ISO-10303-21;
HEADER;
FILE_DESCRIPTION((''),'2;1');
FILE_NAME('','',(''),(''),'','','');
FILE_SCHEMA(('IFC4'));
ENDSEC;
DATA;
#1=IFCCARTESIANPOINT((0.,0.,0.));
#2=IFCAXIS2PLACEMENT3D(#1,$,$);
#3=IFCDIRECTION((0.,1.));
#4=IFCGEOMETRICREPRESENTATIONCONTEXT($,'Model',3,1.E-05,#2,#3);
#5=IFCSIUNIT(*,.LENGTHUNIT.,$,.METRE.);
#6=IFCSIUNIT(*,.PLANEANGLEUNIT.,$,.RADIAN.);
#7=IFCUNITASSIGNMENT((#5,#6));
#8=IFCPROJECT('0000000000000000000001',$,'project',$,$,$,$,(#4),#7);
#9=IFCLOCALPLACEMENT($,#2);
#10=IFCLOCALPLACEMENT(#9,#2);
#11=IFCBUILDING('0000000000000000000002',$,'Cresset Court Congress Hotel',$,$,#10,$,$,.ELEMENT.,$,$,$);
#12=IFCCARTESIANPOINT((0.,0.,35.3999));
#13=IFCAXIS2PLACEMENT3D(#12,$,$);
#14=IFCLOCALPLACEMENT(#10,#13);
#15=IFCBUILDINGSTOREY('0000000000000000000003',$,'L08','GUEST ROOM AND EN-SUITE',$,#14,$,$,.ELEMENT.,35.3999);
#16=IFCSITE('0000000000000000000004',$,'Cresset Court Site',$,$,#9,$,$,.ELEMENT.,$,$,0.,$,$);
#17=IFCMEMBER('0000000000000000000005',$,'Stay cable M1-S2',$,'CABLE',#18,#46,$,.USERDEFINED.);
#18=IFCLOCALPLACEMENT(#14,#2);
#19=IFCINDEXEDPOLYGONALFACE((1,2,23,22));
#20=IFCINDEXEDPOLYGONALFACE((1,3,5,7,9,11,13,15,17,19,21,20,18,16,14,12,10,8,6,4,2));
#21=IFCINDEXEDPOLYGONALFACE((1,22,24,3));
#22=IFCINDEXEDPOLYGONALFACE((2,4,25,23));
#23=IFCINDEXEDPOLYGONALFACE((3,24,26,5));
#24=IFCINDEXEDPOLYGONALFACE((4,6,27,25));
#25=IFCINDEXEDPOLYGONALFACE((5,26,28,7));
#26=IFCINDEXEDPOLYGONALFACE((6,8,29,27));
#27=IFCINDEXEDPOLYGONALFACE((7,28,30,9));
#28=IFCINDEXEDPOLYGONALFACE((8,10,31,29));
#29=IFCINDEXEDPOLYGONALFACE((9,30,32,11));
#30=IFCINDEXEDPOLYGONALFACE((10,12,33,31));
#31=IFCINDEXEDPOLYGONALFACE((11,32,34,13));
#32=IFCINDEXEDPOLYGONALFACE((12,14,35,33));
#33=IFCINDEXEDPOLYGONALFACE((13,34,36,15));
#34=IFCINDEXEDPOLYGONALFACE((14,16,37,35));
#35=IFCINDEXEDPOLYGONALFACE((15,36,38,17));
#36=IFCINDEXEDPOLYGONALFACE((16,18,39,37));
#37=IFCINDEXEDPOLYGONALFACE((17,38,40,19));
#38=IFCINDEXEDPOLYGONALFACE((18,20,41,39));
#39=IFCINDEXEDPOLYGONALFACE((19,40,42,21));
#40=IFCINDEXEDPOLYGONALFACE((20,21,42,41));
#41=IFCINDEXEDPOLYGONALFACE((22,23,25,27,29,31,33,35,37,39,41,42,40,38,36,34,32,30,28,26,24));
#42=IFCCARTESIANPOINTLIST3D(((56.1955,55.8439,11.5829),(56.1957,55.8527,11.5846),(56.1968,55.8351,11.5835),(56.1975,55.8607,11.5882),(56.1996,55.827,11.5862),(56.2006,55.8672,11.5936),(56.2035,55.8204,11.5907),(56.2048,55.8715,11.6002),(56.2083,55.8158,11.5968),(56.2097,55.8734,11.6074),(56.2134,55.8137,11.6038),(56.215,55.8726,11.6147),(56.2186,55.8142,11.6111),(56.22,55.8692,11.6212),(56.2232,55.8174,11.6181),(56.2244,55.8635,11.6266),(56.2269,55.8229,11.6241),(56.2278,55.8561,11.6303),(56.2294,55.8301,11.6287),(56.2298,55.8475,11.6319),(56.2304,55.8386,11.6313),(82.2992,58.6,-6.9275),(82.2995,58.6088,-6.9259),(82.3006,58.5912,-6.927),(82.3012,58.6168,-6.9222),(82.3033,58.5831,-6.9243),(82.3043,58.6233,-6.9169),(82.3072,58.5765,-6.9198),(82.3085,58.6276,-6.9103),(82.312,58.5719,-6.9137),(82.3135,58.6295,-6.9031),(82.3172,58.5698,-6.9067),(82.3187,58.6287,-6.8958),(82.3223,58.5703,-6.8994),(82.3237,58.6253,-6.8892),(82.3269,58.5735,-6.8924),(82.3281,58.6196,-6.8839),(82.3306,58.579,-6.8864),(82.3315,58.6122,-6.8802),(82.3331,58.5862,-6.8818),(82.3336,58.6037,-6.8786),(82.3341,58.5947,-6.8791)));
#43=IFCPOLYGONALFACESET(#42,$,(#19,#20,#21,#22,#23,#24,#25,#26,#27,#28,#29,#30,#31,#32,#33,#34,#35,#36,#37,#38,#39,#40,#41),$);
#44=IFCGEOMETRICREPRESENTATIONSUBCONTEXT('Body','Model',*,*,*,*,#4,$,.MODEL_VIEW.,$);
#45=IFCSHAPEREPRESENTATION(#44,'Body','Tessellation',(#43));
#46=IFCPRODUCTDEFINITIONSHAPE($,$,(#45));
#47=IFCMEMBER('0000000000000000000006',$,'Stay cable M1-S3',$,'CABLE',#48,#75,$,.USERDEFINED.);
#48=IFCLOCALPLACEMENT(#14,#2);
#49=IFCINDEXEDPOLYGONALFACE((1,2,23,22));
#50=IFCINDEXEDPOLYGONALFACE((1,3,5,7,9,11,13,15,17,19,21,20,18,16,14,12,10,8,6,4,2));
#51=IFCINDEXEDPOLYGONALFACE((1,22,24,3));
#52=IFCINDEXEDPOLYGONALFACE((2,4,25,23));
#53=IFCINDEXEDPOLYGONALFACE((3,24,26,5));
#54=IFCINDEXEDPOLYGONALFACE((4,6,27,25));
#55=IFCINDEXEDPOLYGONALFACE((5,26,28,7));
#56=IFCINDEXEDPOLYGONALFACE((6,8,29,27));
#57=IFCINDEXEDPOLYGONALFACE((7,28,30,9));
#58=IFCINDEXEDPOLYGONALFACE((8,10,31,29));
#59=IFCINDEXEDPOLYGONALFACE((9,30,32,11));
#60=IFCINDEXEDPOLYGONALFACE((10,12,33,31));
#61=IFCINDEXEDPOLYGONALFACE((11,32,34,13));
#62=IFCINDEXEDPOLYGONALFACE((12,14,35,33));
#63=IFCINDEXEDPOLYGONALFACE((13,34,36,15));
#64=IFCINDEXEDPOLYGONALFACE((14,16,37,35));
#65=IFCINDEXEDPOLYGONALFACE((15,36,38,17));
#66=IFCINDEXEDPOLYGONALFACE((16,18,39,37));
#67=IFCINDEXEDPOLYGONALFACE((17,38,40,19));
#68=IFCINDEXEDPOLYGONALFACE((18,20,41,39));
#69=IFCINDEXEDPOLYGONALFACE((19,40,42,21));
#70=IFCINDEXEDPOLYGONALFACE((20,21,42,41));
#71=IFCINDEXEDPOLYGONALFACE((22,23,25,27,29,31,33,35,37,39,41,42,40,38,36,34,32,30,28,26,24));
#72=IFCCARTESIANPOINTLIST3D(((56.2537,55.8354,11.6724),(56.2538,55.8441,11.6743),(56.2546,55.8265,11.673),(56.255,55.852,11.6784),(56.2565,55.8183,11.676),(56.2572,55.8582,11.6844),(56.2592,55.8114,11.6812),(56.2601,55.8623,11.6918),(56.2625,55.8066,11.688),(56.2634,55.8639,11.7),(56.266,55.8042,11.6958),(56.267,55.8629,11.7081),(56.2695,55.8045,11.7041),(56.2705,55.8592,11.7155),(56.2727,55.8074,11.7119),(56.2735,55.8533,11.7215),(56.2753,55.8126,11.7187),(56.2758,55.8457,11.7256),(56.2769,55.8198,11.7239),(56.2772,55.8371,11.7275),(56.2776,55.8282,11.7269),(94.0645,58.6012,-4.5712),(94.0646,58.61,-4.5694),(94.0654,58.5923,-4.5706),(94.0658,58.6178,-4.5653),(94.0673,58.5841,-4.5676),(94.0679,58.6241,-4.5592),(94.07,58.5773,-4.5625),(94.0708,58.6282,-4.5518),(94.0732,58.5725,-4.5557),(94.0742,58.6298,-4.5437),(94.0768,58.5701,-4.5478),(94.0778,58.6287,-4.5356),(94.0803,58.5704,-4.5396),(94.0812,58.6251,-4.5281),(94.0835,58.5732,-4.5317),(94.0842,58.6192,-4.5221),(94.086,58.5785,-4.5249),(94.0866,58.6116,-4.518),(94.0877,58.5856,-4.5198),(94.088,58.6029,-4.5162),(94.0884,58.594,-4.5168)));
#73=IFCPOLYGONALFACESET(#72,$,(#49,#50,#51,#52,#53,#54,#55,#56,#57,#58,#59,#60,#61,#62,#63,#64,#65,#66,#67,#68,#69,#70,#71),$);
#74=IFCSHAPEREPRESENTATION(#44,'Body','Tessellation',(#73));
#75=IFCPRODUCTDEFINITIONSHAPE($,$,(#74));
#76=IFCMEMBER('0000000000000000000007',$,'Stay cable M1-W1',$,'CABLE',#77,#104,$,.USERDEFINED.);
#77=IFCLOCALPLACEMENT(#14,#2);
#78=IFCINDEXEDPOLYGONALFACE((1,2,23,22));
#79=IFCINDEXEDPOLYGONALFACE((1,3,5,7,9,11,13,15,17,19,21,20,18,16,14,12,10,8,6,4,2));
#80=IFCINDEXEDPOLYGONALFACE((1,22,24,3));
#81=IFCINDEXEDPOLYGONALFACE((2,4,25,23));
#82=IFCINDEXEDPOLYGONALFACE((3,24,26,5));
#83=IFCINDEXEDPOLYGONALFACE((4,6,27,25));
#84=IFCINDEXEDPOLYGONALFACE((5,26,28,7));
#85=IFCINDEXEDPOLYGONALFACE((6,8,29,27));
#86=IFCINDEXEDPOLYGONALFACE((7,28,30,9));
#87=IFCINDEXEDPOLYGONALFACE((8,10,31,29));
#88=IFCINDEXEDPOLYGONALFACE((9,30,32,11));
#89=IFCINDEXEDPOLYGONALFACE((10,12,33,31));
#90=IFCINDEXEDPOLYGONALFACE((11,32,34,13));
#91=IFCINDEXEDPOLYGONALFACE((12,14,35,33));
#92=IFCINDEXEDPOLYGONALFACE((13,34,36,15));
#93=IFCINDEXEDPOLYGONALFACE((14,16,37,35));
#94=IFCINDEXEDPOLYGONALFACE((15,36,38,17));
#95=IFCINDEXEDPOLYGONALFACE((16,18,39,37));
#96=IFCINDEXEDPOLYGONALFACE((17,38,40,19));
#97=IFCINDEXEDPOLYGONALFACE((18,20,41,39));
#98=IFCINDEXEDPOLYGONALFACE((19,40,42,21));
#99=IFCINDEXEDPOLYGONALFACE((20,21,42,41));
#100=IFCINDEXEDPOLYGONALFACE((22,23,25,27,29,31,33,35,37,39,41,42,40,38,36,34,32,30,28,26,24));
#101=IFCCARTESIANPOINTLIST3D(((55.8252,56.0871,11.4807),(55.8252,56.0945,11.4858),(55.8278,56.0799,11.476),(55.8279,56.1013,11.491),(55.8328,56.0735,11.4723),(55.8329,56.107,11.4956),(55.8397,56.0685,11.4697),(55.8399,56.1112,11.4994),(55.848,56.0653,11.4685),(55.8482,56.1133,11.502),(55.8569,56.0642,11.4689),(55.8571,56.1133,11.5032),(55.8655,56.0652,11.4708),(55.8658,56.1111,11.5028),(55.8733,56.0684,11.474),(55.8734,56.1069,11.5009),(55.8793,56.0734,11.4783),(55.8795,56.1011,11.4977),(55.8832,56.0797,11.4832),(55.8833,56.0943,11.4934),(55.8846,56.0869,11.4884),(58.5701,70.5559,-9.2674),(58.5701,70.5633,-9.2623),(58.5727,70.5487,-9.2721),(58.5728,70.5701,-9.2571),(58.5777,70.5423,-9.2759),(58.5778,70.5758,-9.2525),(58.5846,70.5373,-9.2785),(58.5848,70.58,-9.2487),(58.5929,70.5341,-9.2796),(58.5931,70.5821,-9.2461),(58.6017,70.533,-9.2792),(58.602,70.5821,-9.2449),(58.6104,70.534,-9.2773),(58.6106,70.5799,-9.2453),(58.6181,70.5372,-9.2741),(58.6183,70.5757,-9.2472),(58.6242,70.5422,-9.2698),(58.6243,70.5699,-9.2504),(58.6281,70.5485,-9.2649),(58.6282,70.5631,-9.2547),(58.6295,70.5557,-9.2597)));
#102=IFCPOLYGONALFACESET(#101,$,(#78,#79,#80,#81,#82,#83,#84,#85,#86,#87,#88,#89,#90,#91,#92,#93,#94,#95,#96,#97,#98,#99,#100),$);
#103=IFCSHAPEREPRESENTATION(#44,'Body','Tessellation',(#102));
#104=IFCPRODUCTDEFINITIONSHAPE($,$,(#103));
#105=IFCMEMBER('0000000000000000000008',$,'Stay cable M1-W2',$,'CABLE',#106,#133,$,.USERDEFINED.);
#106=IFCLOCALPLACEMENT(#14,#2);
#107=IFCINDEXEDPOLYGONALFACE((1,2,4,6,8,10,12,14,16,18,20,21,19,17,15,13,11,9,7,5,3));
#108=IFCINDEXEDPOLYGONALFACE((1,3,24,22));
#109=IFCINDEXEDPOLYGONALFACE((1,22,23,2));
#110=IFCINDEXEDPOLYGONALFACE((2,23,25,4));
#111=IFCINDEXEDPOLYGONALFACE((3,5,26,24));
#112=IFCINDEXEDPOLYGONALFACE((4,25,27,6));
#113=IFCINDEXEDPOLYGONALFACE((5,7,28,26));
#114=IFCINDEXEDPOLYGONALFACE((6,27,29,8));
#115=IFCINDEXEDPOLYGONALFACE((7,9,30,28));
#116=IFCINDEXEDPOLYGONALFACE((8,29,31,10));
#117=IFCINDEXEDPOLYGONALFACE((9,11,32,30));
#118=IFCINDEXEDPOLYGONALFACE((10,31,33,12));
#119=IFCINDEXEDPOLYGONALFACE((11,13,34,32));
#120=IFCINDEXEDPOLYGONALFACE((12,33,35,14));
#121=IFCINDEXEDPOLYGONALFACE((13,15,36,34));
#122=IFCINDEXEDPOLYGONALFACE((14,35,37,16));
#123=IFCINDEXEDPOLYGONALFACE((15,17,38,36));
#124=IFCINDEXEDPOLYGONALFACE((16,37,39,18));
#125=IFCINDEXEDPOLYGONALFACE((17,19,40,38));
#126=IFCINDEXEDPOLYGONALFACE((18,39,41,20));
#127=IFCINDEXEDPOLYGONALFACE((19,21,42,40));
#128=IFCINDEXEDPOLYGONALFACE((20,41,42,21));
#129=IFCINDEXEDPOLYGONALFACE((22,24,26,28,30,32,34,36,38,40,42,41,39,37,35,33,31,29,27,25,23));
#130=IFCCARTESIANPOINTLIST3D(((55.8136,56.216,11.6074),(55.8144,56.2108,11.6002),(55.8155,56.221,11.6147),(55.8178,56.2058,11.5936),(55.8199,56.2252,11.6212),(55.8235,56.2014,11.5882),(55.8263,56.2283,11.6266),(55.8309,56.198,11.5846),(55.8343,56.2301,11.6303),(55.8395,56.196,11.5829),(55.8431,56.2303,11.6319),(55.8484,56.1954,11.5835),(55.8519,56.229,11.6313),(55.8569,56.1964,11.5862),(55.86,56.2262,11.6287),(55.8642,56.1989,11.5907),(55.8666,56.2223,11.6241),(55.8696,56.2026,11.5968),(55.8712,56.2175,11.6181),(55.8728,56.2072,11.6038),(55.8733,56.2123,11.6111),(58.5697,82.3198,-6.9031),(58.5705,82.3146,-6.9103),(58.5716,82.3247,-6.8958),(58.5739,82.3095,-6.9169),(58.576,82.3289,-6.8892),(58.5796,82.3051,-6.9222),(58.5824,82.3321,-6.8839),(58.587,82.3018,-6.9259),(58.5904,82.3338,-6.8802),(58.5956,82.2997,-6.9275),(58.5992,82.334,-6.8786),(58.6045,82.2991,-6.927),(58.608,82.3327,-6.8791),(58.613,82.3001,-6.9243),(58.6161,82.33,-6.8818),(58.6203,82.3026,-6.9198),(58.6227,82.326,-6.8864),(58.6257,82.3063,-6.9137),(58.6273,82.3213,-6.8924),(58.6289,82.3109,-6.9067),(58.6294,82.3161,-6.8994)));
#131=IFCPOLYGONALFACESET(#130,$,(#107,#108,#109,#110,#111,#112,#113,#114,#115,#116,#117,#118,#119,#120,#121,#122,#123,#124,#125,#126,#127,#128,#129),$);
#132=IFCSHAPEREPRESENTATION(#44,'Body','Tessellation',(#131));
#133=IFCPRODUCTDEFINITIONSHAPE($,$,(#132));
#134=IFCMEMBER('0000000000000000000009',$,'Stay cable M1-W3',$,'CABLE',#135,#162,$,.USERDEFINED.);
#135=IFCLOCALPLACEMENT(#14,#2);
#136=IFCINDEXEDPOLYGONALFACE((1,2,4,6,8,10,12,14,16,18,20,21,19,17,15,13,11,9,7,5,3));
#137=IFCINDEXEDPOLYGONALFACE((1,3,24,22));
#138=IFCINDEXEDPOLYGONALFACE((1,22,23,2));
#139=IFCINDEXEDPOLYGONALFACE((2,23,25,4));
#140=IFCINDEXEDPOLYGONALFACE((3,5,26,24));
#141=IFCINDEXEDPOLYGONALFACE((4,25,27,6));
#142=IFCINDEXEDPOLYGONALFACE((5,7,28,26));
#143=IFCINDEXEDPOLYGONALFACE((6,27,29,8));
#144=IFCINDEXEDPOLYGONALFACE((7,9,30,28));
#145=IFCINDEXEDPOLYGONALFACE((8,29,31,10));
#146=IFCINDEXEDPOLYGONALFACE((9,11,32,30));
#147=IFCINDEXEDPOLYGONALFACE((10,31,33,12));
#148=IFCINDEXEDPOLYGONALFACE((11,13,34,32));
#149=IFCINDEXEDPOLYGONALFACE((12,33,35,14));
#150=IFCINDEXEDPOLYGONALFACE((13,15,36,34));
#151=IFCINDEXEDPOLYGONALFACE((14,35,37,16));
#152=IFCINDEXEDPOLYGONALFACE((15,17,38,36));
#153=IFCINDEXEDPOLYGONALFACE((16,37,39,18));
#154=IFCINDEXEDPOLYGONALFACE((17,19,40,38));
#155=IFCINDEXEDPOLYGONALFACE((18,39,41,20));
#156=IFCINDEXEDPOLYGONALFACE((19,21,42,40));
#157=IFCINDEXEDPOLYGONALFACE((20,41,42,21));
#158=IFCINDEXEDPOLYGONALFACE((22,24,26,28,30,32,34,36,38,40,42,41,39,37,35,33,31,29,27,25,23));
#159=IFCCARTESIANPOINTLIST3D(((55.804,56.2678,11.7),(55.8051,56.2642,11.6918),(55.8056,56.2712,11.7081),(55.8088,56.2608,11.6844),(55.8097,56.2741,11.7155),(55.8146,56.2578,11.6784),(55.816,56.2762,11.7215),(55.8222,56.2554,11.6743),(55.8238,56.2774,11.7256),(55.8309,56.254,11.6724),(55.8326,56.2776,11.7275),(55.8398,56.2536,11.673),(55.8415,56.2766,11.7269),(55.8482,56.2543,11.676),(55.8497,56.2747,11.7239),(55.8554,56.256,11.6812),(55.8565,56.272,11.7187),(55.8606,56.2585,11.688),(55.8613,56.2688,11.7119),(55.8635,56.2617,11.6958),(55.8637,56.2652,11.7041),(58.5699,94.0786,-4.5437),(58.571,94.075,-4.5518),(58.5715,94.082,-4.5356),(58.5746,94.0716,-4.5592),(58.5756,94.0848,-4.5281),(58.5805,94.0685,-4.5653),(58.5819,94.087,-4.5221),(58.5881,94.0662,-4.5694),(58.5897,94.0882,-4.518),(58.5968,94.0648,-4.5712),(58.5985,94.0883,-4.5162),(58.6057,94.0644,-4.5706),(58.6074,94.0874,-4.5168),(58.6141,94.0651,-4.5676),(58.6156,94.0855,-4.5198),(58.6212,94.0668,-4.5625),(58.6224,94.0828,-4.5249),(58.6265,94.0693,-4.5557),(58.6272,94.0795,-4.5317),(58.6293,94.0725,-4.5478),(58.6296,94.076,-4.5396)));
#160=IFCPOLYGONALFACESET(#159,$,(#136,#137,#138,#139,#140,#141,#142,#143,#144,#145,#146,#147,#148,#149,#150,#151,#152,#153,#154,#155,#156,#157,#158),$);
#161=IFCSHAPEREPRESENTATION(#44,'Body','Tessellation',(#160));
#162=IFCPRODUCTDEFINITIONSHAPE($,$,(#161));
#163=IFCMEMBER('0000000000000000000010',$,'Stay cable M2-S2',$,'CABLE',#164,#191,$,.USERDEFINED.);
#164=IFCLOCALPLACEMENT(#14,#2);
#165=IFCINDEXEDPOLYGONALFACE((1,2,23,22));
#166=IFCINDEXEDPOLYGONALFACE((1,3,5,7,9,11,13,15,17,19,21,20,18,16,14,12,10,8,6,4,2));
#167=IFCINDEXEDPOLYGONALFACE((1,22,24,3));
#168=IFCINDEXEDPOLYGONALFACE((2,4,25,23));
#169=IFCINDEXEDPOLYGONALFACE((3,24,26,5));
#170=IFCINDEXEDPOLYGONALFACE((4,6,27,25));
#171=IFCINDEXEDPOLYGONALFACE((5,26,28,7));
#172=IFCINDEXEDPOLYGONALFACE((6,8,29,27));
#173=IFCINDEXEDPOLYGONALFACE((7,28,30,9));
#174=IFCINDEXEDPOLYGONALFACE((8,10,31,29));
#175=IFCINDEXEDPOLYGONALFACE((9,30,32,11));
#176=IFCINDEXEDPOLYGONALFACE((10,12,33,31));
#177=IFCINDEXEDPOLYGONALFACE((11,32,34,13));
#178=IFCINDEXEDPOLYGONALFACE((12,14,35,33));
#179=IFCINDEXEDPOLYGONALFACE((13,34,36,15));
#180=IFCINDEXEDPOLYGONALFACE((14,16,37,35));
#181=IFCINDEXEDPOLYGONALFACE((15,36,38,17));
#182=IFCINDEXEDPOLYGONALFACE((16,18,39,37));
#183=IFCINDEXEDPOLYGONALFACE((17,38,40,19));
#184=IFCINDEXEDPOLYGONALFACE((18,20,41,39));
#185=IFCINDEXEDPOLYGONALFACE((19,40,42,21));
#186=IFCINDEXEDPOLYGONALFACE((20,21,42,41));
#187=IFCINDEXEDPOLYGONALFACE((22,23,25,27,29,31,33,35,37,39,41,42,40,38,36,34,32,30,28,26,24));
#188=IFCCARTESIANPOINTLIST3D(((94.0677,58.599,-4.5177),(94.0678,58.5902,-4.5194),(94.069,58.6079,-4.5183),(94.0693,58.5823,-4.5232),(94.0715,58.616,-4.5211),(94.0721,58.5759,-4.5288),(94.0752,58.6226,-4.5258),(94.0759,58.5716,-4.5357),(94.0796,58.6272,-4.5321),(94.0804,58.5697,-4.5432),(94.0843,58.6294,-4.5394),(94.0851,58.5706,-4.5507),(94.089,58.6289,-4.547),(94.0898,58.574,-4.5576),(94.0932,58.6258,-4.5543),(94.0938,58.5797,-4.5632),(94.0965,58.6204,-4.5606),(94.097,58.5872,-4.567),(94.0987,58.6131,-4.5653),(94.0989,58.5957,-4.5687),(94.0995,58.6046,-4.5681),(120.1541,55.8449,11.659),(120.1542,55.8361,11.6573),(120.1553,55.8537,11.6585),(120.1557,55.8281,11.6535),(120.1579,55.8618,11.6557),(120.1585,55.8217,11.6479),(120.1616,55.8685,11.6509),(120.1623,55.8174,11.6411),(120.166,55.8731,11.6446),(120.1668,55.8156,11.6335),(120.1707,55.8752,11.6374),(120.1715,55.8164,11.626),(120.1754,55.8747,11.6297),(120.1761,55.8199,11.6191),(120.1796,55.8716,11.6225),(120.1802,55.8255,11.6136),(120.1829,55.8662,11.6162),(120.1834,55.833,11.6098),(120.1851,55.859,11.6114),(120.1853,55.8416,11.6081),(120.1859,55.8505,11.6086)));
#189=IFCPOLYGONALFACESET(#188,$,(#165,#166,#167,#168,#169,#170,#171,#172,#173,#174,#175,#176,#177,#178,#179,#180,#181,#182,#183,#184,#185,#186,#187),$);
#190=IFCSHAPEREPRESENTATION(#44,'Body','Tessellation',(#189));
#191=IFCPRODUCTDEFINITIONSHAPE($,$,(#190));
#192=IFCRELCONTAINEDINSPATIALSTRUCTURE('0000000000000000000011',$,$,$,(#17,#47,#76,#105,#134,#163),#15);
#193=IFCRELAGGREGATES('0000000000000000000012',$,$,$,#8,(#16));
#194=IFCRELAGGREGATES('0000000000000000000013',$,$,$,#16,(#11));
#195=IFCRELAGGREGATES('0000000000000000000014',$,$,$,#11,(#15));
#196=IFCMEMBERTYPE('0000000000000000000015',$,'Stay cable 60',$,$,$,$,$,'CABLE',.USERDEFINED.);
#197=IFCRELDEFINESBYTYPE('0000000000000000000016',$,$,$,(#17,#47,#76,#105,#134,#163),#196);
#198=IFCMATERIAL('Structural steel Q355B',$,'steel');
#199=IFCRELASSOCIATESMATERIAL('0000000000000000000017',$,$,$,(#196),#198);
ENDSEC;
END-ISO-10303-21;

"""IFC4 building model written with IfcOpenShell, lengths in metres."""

from ifc_helpers import new_model, si_unit, direction, frame, origin, origin_2d, place, context, subcontext, project, spatial, circle, extrude, material, material_profile, profile_set, type_object, element, save


model = new_model("IFC4")

# Units and contexts
model_context = context("Model", 3, precision=1e-05, world=origin(), true_north=direction((0.0, 1.0)))
body_context = subcontext(model_context, "Body", "Model", "MODEL_VIEW")
ifc_project = project(units=[si_unit("LENGTHUNIT", "METRE"), si_unit("PLANEANGLEUNIT", "RADIAN")], contexts=[model_context])

# Site, building, storey
site_placement = place(None, origin())
site = spatial("IfcSite", under=ifc_project, at=site_placement, Name="Cresset Court Site", CompositionType="ELEMENT", RefElevation=0.0)
building_placement = place(site_placement, origin())
building = spatial("IfcBuilding", under=site, at=building_placement, Name="Cresset Court Congress Hotel", CompositionType="ELEMENT")
storey_placement = place(building_placement, frame((0.0, 0.0, 35.3999)))
storey = spatial("IfcBuildingStorey", under=building, at=storey_placement, Name="L08", Description="GUEST ROOM AND EN-SUITE", CompositionType="ELEMENT", Elevation=35.3999)

# Members
ifc_material_1 = material(Name="Structural steel Q355B", Category="steel")
ifc_material_profile_1 = material_profile(ifc_material_1, circle(Radius=0.03, at=origin_2d()), Name="CABLE60")
ifc_profile_set_1 = profile_set([ifc_material_profile_1], Name="Structural steel Q355B")
member_type = type_object("IfcMemberType", Name="Stay cable 60", ElementType="CABLE", PredefinedType="USERDEFINED", material=ifc_profile_set_1)
member_1_placement = place(storey_placement, frame((56.2129, 55.8435, 11.6074), z_axis=(0.812716, 0.085809, -0.576307), x_axis=(-0.104999, 0.994472, 0.0)))
element("IfcMember", 1, at=member_1_placement, inside=storey, type_object=member_type, Name="Stay cable M1-S2", ObjectType="CABLE", PredefinedType="USERDEFINED", context=body_context, shape_type="SweptSolid", body=[
    extrude(circle(Radius=0.03, at=origin_2d()), origin(), (0.0, 0.0, 1.0), 32.1191),
])
member_2_placement = place(storey_placement, frame((56.2656, 55.834, 11.7), z_axis=(0.916733, 0.067059, -0.393832), x_axis=(-0.072955, 0.997335, 0.0)))
element("IfcMember", 2, at=member_2_placement, inside=storey, type_object=member_type, Name="Stay cable M1-S3", ObjectType="CABLE", PredefinedType="USERDEFINED", context=body_context, shape_type="SweptSolid", body=[
    extrude(circle(Radius=0.03, at=origin_2d()), origin(), (0.0, 0.0, 1.0), 41.2451),
])
member_3_placement = place(storey_placement, frame((55.8547, 56.0889, 11.4858), z_axis=(0.107882, 0.568667, -0.815463), x_axis=(-0.982477, 0.186386, 0.0)))
element("IfcMember", 3, at=member_3_placement, inside=storey, type_object=member_type, Name="Stay cable M1-W1", ObjectType="CABLE", PredefinedType="USERDEFINED", context=body_context, shape_type="SweptSolid", body=[
    extrude(circle(Radius=0.03, at=origin_2d()), origin(), (0.0, 0.0, 1.0), 25.4434),
])
member_4_placement = place(storey_placement, frame((55.8435, 56.2129, 11.6074), z_axis=(0.085809, 0.812716, -0.576307), x_axis=(-0.994472, 0.104999, 0.0)))
element("IfcMember", 4, at=member_4_placement, inside=storey, type_object=member_type, Name="Stay cable M1-W2", ObjectType="CABLE", PredefinedType="USERDEFINED", context=body_context, shape_type="SweptSolid", body=[
    extrude(circle(Radius=0.03, at=origin_2d()), origin(), (0.0, 0.0, 1.0), 32.1191),
])
member_5_placement = place(storey_placement, frame((55.834, 56.2656, 11.7), z_axis=(0.067059, 0.916733, -0.393832), x_axis=(-0.997335, 0.072955, 0.0)))
element("IfcMember", 5, at=member_5_placement, inside=storey, type_object=member_type, Name="Stay cable M1-W3", ObjectType="CABLE", PredefinedType="USERDEFINED", context=body_context, shape_type="SweptSolid", body=[
    extrude(circle(Radius=0.03, at=origin_2d()), origin(), (0.0, 0.0, 1.0), 41.2451),
])
member_6_placement = place(storey_placement, frame((120.1699, 55.8455, 11.6335), z_axis=(-0.846456, 0.089367, -0.524906), x_axis=(-0.104994, -0.994473, 0.0)))
element("IfcMember", 6, at=member_6_placement, inside=storey, type_object=member_type, Name="Stay cable M2-S2", ObjectType="CABLE", PredefinedType="USERDEFINED", context=body_context, shape_type="SweptSolid", body=[
    extrude(circle(Radius=0.03, at=origin_2d()), origin(), (0.0, 0.0, 1.0), 30.8184),
])

save(model, "model.ifc")
